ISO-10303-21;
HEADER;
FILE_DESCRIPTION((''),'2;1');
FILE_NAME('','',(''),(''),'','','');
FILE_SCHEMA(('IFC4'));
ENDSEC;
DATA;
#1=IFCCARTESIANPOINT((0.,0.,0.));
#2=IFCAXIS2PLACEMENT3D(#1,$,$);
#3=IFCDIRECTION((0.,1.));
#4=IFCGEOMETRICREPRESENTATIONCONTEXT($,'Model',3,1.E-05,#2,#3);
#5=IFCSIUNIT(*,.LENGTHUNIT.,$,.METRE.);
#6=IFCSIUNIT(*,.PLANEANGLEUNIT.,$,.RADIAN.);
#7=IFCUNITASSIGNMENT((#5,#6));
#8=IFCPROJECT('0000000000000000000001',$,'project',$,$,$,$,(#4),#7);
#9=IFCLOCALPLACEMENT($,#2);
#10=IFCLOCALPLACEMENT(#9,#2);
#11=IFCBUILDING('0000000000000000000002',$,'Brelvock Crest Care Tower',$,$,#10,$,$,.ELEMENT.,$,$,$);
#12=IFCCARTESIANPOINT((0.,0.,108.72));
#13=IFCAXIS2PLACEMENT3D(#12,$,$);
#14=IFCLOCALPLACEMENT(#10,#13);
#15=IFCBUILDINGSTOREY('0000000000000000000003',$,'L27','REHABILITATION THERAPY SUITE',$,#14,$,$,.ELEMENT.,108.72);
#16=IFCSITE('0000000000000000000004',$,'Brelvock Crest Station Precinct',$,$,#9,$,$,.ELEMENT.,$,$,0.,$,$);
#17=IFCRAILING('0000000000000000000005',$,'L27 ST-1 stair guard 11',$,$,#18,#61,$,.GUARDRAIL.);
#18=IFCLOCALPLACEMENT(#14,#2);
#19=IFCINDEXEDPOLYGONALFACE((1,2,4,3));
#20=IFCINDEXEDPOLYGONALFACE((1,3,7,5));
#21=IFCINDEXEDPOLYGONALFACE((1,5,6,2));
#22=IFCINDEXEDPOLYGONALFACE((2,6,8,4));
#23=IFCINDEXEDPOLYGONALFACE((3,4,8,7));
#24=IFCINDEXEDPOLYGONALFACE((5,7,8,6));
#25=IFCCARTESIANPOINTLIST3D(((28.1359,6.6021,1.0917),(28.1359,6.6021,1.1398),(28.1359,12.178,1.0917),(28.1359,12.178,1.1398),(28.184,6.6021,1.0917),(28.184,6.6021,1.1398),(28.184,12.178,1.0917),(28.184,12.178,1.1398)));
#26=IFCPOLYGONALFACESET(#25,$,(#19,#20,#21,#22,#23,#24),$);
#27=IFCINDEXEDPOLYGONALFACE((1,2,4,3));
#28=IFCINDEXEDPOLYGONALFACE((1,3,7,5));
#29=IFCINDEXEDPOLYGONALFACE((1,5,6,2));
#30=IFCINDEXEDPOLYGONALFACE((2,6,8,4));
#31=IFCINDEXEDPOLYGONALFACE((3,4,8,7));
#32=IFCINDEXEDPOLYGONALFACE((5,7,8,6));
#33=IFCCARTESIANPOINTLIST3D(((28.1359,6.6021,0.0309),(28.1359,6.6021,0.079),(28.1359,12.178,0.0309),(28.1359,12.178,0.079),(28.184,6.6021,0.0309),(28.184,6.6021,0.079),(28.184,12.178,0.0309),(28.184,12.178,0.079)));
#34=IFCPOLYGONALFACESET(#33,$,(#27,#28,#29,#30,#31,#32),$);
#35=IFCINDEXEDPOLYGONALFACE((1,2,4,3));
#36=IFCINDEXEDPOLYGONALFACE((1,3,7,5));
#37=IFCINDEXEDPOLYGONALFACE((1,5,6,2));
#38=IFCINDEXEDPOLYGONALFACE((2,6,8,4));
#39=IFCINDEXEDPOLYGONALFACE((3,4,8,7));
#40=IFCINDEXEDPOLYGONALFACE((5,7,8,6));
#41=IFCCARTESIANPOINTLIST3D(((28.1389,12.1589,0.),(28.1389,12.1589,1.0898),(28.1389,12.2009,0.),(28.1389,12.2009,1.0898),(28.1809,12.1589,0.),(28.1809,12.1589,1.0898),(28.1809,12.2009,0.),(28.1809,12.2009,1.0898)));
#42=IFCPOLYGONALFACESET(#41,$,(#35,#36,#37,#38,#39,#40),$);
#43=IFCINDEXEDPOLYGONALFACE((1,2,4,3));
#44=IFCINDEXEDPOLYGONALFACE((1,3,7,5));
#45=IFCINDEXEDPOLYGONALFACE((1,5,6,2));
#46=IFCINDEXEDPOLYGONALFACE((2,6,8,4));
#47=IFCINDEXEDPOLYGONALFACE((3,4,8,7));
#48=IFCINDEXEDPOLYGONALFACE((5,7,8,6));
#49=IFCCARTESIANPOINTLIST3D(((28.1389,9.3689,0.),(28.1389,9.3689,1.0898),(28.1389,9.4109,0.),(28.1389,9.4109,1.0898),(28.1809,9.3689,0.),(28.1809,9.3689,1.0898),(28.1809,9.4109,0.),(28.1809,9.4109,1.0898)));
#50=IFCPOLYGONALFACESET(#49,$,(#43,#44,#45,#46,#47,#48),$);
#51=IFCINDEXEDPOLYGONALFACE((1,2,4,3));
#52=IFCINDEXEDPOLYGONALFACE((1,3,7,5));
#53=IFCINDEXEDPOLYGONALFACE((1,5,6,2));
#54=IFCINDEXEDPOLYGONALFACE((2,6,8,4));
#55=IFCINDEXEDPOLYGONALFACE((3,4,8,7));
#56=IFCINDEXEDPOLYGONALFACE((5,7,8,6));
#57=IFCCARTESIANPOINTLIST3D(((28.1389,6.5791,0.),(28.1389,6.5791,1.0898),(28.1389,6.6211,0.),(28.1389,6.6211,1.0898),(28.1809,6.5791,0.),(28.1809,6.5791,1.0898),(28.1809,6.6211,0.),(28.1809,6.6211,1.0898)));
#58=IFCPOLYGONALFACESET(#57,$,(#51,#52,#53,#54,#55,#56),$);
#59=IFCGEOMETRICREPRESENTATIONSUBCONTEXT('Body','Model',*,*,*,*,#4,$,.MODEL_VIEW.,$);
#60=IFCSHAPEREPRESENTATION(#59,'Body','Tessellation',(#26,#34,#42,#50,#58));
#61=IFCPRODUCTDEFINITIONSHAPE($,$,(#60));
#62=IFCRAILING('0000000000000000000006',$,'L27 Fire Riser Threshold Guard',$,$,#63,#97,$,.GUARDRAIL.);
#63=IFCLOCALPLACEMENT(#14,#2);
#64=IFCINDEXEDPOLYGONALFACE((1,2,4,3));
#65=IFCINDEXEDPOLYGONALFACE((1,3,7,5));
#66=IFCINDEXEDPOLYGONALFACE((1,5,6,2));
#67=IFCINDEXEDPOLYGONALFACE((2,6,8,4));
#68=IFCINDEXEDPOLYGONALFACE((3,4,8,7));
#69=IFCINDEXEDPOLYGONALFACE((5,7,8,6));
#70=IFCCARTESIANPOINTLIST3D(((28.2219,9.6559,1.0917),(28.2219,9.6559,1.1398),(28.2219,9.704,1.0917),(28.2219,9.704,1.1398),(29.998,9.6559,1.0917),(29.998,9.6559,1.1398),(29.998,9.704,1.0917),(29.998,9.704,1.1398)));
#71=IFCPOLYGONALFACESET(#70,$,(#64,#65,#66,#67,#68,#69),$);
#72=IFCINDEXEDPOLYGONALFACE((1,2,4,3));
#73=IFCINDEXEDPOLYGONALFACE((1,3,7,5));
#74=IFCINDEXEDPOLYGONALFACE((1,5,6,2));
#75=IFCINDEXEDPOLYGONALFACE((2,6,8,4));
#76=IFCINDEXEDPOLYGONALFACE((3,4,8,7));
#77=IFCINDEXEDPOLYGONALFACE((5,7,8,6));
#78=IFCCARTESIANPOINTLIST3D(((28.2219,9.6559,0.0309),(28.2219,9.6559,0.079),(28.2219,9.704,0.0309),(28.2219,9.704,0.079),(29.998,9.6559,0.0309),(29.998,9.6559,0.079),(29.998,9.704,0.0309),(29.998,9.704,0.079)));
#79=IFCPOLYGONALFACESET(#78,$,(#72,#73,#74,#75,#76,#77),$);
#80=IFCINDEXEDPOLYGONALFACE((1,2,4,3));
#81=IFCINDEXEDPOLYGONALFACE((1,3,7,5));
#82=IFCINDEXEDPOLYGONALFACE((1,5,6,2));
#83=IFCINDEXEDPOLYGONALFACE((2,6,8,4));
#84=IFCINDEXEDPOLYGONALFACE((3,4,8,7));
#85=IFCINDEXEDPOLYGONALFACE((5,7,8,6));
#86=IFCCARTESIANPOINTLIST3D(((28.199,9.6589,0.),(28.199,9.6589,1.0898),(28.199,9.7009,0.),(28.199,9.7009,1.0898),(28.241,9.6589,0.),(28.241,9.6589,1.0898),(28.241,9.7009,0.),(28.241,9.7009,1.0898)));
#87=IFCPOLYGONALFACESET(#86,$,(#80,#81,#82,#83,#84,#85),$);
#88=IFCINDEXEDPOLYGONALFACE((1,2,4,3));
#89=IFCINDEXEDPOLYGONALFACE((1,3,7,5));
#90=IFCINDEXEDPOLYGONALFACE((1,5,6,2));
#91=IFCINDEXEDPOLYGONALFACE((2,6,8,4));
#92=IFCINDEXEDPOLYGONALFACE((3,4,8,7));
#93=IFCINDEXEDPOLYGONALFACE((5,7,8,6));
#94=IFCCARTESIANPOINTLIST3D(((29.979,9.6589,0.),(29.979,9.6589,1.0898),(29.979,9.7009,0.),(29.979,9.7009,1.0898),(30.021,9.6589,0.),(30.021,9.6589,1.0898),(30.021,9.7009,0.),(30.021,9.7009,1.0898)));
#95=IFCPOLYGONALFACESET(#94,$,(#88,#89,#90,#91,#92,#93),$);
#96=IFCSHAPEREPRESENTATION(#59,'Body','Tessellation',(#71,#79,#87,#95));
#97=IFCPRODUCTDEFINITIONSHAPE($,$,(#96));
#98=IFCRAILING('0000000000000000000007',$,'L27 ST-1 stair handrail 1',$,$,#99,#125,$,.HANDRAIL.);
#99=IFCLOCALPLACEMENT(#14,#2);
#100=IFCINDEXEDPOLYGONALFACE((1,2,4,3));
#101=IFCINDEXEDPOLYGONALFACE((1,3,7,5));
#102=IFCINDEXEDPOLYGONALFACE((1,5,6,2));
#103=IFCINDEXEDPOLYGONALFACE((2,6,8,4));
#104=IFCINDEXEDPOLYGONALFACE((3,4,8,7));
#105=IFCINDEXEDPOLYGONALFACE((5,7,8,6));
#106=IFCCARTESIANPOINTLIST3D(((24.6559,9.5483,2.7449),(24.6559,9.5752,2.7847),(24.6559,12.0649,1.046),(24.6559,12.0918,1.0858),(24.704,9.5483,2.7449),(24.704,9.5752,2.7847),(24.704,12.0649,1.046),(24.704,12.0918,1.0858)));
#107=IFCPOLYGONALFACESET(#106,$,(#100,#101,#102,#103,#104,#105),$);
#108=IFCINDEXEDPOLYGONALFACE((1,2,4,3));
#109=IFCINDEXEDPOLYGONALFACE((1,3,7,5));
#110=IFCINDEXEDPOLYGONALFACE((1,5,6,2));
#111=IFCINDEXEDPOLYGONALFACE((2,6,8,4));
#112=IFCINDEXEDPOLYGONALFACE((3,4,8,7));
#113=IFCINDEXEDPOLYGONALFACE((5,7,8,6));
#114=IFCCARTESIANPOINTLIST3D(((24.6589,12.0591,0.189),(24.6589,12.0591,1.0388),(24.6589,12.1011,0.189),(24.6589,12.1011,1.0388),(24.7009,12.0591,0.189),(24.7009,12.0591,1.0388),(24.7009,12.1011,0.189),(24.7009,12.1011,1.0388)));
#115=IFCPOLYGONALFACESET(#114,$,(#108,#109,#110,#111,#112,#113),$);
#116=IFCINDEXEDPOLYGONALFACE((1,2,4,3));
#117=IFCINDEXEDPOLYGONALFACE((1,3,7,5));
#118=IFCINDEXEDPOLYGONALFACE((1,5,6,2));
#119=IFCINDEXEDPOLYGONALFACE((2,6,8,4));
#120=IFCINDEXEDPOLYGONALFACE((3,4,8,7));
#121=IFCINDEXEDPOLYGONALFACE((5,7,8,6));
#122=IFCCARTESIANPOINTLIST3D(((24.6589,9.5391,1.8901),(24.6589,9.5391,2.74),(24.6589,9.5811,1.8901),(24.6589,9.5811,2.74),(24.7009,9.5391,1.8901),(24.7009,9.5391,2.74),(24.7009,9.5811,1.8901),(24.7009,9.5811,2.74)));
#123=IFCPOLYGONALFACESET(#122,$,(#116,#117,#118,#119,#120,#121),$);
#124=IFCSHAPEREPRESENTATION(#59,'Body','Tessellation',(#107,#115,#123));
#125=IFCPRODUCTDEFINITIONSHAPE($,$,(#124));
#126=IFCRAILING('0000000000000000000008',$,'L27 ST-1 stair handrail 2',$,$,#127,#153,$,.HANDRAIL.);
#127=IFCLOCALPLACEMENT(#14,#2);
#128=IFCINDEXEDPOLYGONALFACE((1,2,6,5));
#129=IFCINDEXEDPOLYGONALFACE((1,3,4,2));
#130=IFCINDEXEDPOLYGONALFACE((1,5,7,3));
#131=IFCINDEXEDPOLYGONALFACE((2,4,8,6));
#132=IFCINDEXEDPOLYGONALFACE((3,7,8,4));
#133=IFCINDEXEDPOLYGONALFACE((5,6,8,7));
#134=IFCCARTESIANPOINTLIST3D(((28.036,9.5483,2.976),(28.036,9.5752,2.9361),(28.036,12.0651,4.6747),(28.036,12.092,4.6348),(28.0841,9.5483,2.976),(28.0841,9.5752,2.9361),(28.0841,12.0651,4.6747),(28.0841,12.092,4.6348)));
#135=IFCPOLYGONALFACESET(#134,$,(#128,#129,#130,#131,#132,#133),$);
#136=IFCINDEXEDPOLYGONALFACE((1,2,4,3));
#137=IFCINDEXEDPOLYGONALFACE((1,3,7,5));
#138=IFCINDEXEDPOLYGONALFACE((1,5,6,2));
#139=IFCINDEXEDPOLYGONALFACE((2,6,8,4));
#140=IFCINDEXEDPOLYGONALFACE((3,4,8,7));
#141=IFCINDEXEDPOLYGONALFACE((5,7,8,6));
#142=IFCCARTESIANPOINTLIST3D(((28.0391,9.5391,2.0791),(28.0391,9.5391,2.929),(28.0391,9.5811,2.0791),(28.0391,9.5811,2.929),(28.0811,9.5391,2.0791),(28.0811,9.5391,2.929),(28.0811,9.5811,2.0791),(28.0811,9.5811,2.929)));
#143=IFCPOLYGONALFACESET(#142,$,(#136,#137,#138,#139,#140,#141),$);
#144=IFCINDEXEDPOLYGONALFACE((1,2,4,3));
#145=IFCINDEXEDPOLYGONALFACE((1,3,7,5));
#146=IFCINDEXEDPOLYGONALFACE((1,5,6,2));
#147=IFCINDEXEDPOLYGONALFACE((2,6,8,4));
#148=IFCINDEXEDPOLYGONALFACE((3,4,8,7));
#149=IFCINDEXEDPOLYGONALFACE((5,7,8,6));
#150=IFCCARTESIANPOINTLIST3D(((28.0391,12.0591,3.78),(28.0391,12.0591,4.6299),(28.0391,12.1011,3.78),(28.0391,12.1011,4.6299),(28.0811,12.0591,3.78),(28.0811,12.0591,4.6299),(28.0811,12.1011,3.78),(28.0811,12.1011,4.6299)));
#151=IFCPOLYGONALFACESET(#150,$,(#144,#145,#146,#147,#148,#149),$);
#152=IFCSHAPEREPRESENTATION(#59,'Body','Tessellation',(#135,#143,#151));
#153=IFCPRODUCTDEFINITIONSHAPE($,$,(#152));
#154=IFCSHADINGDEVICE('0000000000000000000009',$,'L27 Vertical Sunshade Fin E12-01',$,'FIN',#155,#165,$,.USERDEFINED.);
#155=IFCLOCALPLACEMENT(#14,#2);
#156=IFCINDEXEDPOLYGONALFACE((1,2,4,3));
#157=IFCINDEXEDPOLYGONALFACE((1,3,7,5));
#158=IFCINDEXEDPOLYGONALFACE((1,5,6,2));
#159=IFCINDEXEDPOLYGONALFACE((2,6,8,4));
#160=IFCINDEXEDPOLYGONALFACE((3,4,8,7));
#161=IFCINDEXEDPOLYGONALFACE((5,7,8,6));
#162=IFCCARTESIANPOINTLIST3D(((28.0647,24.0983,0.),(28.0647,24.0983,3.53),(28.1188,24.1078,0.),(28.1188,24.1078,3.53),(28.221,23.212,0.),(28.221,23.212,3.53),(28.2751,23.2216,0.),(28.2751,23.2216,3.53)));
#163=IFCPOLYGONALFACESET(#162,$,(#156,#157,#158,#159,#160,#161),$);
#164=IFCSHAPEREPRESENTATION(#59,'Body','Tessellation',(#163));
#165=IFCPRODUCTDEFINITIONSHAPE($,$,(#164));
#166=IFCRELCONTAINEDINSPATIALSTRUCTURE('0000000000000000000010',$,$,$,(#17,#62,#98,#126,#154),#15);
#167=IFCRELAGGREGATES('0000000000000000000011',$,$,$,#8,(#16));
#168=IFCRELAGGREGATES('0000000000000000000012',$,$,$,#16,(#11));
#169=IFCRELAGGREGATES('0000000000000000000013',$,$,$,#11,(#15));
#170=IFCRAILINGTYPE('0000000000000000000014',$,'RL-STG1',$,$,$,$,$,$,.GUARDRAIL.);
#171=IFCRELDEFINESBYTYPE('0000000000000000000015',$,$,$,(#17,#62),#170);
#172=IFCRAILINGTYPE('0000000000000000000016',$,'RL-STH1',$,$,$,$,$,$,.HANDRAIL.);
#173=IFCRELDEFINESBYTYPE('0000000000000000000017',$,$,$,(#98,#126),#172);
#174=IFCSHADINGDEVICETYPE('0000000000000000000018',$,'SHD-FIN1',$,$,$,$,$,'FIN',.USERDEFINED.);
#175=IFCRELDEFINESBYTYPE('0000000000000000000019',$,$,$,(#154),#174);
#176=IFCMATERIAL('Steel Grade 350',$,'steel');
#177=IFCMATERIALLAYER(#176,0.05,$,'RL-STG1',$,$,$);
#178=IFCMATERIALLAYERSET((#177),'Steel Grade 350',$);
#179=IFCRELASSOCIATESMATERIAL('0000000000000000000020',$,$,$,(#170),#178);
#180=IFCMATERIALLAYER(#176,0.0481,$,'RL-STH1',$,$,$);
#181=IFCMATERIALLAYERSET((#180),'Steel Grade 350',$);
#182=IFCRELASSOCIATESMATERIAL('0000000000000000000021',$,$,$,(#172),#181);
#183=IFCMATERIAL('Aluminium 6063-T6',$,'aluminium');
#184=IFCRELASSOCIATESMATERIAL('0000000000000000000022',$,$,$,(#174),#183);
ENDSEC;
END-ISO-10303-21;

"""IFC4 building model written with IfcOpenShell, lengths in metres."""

from ifc_helpers import new_model, si_unit, direction, frame, origin, origin_2d, place, context, subcontext, project, spatial, rectangle, extrude, source, transform, mapped, material, layer, layer_set, material_profile, profile_set, type_object, element, save


model = new_model("IFC4")

# Units and contexts
model_context = context("Model", 3, precision=1e-05, world=origin(), true_north=direction((0.0, 1.0)))
body_context = subcontext(model_context, "Body", "Model", "MODEL_VIEW")
ifc_project = project(units=[si_unit("LENGTHUNIT", "METRE"), si_unit("PLANEANGLEUNIT", "RADIAN")], contexts=[model_context])

# Site, building, storey
site_placement = place(None, origin())
site = spatial("IfcSite", under=ifc_project, at=site_placement, Name="Brelvock Crest Station Precinct", CompositionType="ELEMENT", RefElevation=0.0)
building_placement = place(site_placement, origin())
building = spatial("IfcBuilding", under=site, at=building_placement, Name="Brelvock Crest Care Tower", CompositionType="ELEMENT")
storey_placement = place(building_placement, frame((0.0, 0.0, 108.72)))
storey = spatial("IfcBuildingStorey", under=building, at=storey_placement, Name="L27", Description="REHABILITATION THERAPY SUITE", CompositionType="ELEMENT", Elevation=108.72)

# Shared definitions
ifc_material_1 = material(Name="Steel Grade 350", Category="steel")

# Railings
ifc_layer_1 = layer(ifc_material_1, 0.05, Name="RL-STG1")
ifc_layer_set_1 = layer_set([ifc_layer_1], Name="Steel Grade 350")
railing_type_1 = type_object("IfcRailingType", Name="RL-STG1", PredefinedType="GUARDRAIL", material=ifc_layer_set_1)
railing_1_placement = place(storey_placement, frame((28.1599, 12.1799, 0.0)))
element("IfcRailing", 1, at=railing_1_placement, inside=storey, type_object=railing_type_1, Name="L27 ST-1 stair guard 11", PredefinedType="GUARDRAIL", context=body_context, shape_type="SweptSolid", body=[
    extrude(rectangle(XDim=0.0481, YDim=0.0481, at=origin_2d()), frame((0.0, -0.002, 1.1157), z_axis=(0.0, -1.0, 0.0), x_axis=(1.0, 0.0, 0.0)), (0.0, 0.0, 1.0), 5.5759),
    extrude(rectangle(XDim=0.0481, YDim=0.0481, at=origin_2d()), frame((0.0, -0.002, 0.0549), z_axis=(0.0, -1.0, 0.0), x_axis=(1.0, 0.0, 0.0)), (0.0, 0.0, 1.0), 5.5759),
    extrude(rectangle(XDim=0.042, YDim=0.042, at=origin_2d()), origin(), (0.0, 0.0, 1.0), 1.0898),
    extrude(rectangle(XDim=0.042, YDim=0.042, at=origin_2d()), frame((0.0, -2.79, 0.0)), (0.0, 0.0, 1.0), 1.0898),
    extrude(rectangle(XDim=0.042, YDim=0.042, at=origin_2d()), frame((0.0, -5.5798, 0.0)), (0.0, 0.0, 1.0), 1.0898),
])
railing_2_placement = place(storey_placement, frame((28.22, 9.6799, 0.0)))
element("IfcRailing", 2, at=railing_2_placement, inside=storey, type_object=railing_type_1, Name="L27 Fire Riser Threshold Guard", PredefinedType="GUARDRAIL", context=body_context, shape_type="SweptSolid", body=[
    extrude(rectangle(XDim=0.0481, YDim=0.0481, at=origin_2d()), frame((0.002, 0.0, 1.1157), z_axis=(1.0, 0.0, 0.0), x_axis=(0.0, 1.0, 0.0)), (0.0, 0.0, 1.0), 1.7761),
    extrude(rectangle(XDim=0.0481, YDim=0.0481, at=origin_2d()), frame((0.002, 0.0, 0.0549), z_axis=(1.0, 0.0, 0.0), x_axis=(0.0, 1.0, 0.0)), (0.0, 0.0, 1.0), 1.7761),
    extrude(rectangle(XDim=0.042, YDim=0.042, at=origin_2d()), origin(), (0.0, 0.0, 1.0), 1.0898),
    extrude(rectangle(XDim=0.042, YDim=0.042, at=origin_2d()), frame((1.78, 0.0, 0.0)), (0.0, 0.0, 1.0), 1.0898),
])
ifc_layer_2 = layer(ifc_material_1, 0.0481, Name="RL-STH1")
ifc_layer_set_2 = layer_set([ifc_layer_2], Name="Steel Grade 350")
railing_type_2 = type_object("IfcRailingType", Name="RL-STH1", PredefinedType="HANDRAIL", material=ifc_layer_set_2)
railing_3_placement = place(storey_placement, frame((24.6799, 12.0801, 0.189)))
element("IfcRailing", 3, at=railing_3_placement, inside=storey, type_object=railing_type_2, Name="L27 ST-1 stair handrail 1", PredefinedType="HANDRAIL", context=body_context, shape_type="SweptSolid", body=[
    extrude(rectangle(XDim=0.0481, YDim=0.0481, at=origin_2d()), frame((0.0, -0.0017, 0.877), z_axis=(0.0, -0.828824, 0.559509), x_axis=(1.0, 0.0, 0.0)), (0.0, 0.0, 1.0), 3.0364),
    extrude(rectangle(XDim=0.042, YDim=0.042, at=origin_2d()), origin(), (0.0, 0.0, 1.0), 0.8499),
    extrude(rectangle(XDim=0.042, YDim=0.042, at=origin_2d()), frame((0.0, -2.52, 1.7012)), (0.0, 0.0, 1.0), 0.8499),
])
railing_4_placement = place(storey_placement, frame((28.0601, 9.5601, 2.0791)))
element("IfcRailing", 4, at=railing_4_placement, inside=storey, type_object=railing_type_2, Name="L27 ST-1 stair handrail 2", PredefinedType="HANDRAIL", context=body_context, shape_type="SweptSolid", body=[
    extrude(rectangle(XDim=0.0481, YDim=0.0481, at=origin_2d()), frame((0.0, 0.0017, 0.877), z_axis=(0.0, 0.828862, 0.559454), x_axis=(-1.0, 0.0, 0.0)), (0.0, 0.0, 1.0), 3.0364),
    extrude(rectangle(XDim=0.042, YDim=0.042, at=origin_2d()), origin(), (0.0, 0.0, 1.0), 0.8499),
    extrude(rectangle(XDim=0.042, YDim=0.042, at=origin_2d()), frame((0.0, 2.52, 1.7009)), (0.0, 0.0, 1.0), 0.8499),
])

# Shading device
ifc_material_2 = material(Name="Aluminium 6063-T6", Category="aluminium")
ifc_material_profile_1 = material_profile(ifc_material_2, rectangle(XDim=0.0549, YDim=0.8999, at=origin_2d()), Name="FIN55x900")
ifc_profile_set_1 = profile_set([ifc_material_profile_1], Name="Aluminium 6063-T6")
shading_device_type = type_object("IfcShadingDeviceType", Name="SHD-FIN1", ElementType="FIN", PredefinedType="USERDEFINED", material=ifc_profile_set_1)
shared_shape_1 = source(origin(), body_context, "Body", "SweptSolid", [
    extrude(rectangle(XDim=0.0549, YDim=0.8999, at=origin_2d()), origin(), (0.0, 0.0, 1.0), 3.53),
])
shading_device_placement = place(storey_placement, frame((28.1699, 23.6599, 0.0), z_axis=(0.0, 0.0, 1.0), x_axis=(-0.984808, -0.173648, 0.0)))
element("IfcShadingDevice", 5, at=shading_device_placement, inside=storey, type_object=shading_device_type, Name="L27 Vertical Sunshade Fin E12-01", ObjectType="FIN", PredefinedType="USERDEFINED", context=body_context, shape_type="MappedRepresentation", body=[
    mapped(shared_shape_1, transform((0.0, 0.0, 0.0), x_axis=(1.0, 0.0, 0.0), y_axis=(0.0, 1.0, 0.0), z_axis=(0.0, 0.0, 1.0), scale=1.0)),
])

save(model, "model.ifc")
